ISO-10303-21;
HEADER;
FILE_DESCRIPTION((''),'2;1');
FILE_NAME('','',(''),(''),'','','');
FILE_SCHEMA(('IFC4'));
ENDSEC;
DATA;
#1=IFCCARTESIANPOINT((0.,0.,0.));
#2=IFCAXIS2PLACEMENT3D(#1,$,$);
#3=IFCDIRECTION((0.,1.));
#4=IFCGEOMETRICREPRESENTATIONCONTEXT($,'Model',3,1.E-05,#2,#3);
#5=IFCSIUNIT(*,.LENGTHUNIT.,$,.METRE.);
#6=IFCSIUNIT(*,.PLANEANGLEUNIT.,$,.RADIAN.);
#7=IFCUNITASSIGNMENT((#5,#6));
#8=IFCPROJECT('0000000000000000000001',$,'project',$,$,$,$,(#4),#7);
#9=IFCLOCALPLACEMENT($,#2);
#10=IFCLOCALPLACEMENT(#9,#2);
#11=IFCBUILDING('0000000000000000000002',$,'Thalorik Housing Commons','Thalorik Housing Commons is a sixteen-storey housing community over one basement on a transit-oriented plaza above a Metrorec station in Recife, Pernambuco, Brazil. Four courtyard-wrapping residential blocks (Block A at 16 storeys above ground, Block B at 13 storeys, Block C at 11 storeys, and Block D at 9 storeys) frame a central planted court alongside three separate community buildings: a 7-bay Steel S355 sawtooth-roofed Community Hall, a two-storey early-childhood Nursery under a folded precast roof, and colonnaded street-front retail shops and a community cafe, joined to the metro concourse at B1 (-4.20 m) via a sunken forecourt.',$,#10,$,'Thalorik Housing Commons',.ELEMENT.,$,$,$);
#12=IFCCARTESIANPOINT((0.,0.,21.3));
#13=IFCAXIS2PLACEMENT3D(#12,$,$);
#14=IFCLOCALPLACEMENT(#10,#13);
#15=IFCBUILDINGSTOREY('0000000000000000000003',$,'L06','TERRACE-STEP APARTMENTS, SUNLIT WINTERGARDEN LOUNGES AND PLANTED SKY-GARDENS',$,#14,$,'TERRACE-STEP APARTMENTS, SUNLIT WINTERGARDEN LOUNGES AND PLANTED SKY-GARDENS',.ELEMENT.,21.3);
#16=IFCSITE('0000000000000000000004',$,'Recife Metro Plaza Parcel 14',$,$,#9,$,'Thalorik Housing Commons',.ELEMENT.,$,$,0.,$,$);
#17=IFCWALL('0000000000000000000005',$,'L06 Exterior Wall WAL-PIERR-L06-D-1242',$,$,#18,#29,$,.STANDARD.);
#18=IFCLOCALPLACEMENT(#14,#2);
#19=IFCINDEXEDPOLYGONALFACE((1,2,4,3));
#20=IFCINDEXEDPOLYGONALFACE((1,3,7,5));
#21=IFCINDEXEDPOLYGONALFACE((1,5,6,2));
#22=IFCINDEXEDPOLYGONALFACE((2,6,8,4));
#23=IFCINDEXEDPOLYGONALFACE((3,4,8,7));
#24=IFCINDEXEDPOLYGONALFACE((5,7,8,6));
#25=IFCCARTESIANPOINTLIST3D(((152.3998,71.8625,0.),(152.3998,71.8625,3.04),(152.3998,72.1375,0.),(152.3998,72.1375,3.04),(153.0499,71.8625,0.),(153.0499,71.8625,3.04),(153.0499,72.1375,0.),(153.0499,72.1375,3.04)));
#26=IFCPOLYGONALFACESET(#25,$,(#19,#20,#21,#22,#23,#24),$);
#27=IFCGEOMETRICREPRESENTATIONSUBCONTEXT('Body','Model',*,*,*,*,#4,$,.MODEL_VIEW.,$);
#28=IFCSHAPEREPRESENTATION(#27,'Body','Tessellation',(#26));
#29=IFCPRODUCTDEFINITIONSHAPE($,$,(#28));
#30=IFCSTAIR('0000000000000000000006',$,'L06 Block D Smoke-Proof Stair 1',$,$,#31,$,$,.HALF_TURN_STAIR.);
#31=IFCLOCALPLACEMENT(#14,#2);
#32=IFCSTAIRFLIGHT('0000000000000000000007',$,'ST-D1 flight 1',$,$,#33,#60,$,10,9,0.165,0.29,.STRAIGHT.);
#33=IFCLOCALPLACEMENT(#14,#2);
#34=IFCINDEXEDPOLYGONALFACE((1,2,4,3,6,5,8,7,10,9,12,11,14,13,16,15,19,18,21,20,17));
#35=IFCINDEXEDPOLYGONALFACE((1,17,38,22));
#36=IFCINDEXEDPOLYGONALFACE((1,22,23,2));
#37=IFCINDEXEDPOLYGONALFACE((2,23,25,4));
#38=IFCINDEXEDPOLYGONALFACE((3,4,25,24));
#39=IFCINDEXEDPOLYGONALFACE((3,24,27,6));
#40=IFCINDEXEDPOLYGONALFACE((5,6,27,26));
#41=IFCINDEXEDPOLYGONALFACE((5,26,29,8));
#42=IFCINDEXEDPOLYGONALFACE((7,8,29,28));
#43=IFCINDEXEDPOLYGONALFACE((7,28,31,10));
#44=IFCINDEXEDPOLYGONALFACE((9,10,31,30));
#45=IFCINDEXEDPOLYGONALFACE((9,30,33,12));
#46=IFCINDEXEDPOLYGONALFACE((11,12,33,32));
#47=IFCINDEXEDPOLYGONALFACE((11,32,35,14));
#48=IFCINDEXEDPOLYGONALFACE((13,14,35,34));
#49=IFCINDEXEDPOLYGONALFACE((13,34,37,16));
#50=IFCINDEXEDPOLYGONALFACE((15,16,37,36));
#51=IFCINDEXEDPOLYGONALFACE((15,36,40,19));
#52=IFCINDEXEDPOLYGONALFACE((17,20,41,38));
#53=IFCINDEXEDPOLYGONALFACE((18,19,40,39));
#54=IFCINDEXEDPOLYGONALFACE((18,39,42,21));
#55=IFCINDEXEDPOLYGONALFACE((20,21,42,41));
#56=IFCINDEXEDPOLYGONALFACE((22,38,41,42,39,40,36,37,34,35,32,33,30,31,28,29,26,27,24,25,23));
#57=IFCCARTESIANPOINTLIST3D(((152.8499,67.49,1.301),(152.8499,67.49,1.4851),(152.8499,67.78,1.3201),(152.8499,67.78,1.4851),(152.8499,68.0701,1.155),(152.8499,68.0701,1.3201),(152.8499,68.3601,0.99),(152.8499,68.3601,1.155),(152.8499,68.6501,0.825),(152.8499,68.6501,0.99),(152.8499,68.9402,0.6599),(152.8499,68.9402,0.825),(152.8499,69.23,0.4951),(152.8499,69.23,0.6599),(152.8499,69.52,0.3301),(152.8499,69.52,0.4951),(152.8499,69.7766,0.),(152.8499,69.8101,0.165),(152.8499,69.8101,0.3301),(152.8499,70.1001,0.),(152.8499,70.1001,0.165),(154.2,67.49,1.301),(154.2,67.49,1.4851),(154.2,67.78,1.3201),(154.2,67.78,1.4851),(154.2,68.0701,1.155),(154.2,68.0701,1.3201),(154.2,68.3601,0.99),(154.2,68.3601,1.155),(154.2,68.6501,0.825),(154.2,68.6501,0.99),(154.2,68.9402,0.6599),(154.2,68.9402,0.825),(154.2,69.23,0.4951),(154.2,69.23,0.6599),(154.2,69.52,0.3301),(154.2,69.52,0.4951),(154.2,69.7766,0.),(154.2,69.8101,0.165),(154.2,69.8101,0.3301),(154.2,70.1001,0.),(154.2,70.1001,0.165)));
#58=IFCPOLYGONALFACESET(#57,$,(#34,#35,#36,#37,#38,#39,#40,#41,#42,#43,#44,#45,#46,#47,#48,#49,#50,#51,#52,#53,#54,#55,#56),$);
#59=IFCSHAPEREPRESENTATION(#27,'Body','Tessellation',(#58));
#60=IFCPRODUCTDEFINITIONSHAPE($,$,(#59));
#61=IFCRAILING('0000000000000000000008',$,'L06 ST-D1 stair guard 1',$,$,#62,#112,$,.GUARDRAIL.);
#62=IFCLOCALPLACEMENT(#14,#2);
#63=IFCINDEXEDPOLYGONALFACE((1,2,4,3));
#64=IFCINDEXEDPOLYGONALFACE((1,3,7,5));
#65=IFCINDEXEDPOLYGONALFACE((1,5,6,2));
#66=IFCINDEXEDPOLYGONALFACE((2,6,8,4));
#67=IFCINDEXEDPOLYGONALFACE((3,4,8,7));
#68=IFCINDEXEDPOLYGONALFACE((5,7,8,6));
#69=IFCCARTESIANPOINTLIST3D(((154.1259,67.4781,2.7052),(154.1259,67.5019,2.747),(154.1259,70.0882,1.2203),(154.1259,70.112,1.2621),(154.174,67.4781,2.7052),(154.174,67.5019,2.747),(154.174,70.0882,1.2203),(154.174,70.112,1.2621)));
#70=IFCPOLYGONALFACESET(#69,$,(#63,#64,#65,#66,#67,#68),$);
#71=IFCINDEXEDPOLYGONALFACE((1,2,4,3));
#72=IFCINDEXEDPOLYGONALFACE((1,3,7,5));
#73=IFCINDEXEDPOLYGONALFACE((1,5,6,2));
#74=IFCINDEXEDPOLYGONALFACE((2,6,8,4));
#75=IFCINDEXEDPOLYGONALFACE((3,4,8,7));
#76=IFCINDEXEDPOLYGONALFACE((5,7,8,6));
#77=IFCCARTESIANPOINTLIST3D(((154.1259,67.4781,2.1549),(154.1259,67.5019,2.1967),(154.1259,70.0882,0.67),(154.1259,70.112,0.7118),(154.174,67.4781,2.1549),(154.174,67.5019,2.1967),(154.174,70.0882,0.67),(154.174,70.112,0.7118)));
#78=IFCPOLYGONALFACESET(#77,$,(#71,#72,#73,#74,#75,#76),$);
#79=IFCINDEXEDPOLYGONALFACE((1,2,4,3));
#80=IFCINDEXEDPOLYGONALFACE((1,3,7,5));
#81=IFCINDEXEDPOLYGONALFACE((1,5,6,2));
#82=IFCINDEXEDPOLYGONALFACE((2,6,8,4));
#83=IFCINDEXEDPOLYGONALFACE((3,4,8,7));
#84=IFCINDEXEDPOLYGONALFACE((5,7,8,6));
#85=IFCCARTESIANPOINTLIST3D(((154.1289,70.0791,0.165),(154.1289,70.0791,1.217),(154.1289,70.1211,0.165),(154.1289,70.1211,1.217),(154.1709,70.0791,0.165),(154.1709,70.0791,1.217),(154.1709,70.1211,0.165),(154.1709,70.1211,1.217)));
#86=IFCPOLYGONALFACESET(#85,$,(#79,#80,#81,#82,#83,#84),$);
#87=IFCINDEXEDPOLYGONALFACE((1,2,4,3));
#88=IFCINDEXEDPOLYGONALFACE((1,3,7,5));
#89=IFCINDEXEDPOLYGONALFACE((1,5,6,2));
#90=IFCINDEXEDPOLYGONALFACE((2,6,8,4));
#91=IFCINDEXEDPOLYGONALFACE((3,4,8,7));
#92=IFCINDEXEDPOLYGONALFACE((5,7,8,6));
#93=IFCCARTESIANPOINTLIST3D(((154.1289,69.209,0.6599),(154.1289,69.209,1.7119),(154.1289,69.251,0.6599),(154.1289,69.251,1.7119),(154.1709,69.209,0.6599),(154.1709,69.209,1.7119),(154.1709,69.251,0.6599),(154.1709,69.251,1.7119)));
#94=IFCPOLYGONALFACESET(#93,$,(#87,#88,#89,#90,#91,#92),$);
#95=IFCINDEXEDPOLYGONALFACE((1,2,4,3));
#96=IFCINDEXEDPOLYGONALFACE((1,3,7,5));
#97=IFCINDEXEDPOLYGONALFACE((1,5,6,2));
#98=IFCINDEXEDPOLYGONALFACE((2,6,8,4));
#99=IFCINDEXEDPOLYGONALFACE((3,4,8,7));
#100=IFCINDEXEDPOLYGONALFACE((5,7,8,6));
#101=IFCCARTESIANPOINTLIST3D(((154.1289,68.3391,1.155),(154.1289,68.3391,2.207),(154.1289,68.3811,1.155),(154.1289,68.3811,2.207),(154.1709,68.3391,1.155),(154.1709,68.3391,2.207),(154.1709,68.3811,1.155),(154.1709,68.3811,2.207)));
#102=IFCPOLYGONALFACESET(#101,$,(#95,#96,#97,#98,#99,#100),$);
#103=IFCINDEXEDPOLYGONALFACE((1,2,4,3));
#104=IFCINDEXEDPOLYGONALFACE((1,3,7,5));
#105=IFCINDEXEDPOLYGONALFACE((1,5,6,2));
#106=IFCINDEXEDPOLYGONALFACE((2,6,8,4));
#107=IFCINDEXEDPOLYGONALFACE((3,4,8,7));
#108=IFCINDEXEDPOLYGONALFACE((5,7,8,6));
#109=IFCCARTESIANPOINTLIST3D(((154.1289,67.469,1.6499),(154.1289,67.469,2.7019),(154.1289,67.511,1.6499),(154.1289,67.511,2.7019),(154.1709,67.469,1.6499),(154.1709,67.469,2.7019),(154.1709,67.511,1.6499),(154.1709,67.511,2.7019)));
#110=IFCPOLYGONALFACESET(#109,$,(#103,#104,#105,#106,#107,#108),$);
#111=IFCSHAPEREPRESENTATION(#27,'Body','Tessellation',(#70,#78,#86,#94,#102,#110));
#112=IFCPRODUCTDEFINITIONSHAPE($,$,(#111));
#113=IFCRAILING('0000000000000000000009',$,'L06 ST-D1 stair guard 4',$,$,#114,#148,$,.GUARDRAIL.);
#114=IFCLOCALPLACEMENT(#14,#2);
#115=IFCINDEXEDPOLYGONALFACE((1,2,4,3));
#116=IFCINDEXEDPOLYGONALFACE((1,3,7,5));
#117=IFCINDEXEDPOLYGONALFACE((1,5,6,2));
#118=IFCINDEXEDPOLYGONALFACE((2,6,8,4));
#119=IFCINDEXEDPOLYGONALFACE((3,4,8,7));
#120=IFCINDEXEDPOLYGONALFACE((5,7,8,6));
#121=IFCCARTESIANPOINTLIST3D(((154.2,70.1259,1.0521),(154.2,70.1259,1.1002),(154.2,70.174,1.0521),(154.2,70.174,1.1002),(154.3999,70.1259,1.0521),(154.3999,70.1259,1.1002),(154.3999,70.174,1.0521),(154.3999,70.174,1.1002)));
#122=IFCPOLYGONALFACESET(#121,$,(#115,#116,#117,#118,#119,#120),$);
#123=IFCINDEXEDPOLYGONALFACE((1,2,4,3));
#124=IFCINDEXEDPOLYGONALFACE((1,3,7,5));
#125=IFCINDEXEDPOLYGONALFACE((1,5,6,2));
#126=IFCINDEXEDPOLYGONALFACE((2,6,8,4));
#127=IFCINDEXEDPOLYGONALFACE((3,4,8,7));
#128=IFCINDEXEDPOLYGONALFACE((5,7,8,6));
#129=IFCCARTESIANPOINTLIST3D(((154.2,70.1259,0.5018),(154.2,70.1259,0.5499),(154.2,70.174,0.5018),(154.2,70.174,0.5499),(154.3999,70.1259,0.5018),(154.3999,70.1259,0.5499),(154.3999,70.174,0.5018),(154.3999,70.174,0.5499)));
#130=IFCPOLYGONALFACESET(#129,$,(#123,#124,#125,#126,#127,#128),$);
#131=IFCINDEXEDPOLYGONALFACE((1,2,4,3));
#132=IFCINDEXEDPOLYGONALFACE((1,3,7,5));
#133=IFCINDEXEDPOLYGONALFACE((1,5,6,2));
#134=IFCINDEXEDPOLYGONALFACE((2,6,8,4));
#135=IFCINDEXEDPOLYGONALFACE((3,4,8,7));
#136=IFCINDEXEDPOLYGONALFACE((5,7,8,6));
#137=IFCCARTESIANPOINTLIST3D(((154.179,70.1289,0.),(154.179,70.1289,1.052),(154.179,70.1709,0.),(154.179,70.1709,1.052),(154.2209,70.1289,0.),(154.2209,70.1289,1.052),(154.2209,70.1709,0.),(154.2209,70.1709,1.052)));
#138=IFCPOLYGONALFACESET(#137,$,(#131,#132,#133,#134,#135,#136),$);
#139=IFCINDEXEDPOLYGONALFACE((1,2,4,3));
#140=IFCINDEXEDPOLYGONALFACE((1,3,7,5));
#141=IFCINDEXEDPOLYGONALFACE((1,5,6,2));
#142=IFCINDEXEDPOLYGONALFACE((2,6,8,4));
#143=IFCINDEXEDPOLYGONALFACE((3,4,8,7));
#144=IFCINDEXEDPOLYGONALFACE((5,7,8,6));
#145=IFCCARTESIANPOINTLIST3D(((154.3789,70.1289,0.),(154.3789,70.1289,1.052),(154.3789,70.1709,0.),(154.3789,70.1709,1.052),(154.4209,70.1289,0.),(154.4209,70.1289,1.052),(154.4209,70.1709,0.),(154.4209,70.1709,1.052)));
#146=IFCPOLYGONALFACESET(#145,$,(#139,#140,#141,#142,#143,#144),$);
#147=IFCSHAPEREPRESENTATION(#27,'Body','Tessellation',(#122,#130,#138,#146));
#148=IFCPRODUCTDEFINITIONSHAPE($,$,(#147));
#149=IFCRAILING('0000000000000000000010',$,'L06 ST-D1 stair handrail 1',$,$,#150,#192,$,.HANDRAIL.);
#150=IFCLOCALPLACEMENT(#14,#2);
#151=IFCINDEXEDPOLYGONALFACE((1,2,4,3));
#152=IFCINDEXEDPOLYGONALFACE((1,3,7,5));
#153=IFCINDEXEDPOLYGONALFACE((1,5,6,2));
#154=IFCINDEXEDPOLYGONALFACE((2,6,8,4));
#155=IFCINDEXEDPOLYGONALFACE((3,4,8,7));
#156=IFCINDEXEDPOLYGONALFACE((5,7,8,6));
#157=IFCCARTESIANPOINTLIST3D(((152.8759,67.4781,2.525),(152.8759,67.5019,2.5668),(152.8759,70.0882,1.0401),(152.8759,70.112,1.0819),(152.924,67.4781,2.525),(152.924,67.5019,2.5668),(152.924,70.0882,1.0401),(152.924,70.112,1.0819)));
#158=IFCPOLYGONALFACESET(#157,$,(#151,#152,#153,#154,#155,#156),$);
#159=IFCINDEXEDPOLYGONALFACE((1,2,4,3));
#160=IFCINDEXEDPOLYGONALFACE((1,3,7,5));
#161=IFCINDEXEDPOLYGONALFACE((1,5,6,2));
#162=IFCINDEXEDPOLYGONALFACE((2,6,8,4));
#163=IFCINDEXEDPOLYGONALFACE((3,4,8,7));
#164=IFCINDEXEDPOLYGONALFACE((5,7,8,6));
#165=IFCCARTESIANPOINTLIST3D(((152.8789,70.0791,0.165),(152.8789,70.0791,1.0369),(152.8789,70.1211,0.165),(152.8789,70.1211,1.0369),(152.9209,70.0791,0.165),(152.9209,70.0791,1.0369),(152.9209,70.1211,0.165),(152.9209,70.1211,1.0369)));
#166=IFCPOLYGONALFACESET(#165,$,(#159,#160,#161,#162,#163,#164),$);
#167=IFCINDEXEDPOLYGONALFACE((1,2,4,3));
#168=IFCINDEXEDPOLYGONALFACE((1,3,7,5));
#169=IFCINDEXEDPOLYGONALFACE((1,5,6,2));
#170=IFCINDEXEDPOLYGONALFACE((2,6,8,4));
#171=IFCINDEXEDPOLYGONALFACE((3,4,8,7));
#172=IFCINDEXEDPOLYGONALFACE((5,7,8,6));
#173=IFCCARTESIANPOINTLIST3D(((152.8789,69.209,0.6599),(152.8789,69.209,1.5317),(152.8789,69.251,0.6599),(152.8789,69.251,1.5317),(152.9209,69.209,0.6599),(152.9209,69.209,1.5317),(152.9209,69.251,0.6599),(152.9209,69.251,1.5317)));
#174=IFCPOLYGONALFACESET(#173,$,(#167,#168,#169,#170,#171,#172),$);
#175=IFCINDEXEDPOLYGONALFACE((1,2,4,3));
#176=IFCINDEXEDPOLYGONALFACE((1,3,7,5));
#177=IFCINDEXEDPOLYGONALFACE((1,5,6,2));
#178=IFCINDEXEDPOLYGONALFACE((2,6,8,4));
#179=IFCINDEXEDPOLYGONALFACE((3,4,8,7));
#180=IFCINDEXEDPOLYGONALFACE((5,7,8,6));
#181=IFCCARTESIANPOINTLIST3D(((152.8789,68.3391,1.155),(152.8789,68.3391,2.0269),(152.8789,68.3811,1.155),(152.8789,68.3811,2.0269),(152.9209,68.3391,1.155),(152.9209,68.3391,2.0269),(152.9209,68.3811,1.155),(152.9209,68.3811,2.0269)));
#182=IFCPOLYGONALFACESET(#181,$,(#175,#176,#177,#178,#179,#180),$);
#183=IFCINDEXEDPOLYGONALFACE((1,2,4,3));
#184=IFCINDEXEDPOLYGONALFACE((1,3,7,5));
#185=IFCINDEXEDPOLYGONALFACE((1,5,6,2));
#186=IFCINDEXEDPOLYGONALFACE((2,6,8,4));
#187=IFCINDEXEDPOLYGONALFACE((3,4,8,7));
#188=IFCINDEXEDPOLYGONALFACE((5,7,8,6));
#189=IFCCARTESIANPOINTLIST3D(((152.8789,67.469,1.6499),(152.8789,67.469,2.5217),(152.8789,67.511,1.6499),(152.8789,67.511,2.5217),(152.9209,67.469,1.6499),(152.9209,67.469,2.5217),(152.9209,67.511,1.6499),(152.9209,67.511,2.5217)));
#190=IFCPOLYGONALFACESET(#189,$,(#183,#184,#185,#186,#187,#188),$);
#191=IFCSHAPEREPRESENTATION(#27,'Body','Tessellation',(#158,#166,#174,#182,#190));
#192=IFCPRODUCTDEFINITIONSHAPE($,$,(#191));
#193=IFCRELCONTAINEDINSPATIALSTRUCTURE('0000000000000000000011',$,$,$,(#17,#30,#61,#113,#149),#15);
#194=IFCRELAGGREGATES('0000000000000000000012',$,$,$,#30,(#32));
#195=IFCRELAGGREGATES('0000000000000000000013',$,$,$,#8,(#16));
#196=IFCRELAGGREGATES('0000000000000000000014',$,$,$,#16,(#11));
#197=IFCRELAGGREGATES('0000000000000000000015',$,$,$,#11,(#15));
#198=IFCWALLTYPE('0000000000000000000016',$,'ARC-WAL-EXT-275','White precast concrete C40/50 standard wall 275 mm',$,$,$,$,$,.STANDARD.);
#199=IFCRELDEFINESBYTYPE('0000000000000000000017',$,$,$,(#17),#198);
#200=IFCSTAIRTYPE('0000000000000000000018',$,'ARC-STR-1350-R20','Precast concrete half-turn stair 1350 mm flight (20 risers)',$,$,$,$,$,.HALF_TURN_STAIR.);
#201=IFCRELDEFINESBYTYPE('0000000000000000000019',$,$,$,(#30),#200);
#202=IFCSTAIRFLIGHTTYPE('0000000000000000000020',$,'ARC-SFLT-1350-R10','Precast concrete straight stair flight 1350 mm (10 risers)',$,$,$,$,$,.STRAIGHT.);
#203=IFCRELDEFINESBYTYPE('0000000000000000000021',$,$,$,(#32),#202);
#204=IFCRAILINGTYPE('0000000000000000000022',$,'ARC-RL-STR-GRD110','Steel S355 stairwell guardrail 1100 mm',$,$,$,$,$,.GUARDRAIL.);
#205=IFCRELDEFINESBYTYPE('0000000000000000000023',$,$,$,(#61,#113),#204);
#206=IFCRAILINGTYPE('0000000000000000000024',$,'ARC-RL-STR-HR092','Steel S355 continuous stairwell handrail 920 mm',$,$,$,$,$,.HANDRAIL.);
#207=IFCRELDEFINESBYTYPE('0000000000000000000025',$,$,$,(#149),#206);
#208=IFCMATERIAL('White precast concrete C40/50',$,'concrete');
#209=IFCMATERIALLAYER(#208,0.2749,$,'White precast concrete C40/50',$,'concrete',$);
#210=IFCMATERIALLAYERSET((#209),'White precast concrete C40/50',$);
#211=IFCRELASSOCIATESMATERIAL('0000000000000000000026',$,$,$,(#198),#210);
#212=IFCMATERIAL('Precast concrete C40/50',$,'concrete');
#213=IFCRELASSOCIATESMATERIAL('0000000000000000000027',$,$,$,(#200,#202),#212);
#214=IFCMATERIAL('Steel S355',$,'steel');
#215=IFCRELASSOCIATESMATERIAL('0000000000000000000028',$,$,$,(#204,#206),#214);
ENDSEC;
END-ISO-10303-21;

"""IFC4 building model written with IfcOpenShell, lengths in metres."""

from ifc_helpers import new_model, si_unit, direction, frame, frame_2d, origin, origin_2d, place, context, subcontext, project, spatial, polyline, rectangle, outline, extrude, material, layer, layer_set, type_object, element, aggregate, save


model = new_model("IFC4")

# Units and contexts
model_context = context("Model", 3, precision=1e-05, world=origin(), true_north=direction((0.0, 1.0)))
body_context = subcontext(model_context, "Body", "Model", "MODEL_VIEW")
ifc_project = project(units=[si_unit("LENGTHUNIT", "METRE"), si_unit("PLANEANGLEUNIT", "RADIAN")], contexts=[model_context])

# Site, building, storey
site_placement = place(None, origin())
site = spatial("IfcSite", under=ifc_project, at=site_placement, Name="Recife Metro Plaza Parcel 14", LongName="Thalorik Housing Commons", CompositionType="ELEMENT", RefElevation=0.0)
building_placement = place(site_placement, origin())
building = spatial("IfcBuilding", under=site, at=building_placement, Name="Thalorik Housing Commons", Description="Thalorik Housing Commons is a sixteen-storey housing community over one basement on a transit-oriented plaza above a Metrorec station in Recife, Pernambuco, Brazil. Four courtyard-wrapping residential blocks (Block A at 16 storeys above ground, Block B at 13 storeys, Block C at 11 storeys, and Block D at 9 storeys) frame a central planted court alongside three separate community buildings: a 7-bay Steel S355 sawtooth-roofed Community Hall, a two-storey early-childhood Nursery under a folded precast roof, and colonnaded street-front retail shops and a community cafe, joined to the metro concourse at B1 (-4.20 m) via a sunken forecourt.", LongName="Thalorik Housing Commons", CompositionType="ELEMENT")
storey_placement = place(building_placement, frame((0.0, 0.0, 21.3)))
storey = spatial("IfcBuildingStorey", under=building, at=storey_placement, Name="L06", Description="TERRACE-STEP APARTMENTS, SUNLIT WINTERGARDEN LOUNGES AND PLANTED SKY-GARDENS", LongName="TERRACE-STEP APARTMENTS, SUNLIT WINTERGARDEN LOUNGES AND PLANTED SKY-GARDENS", CompositionType="ELEMENT", Elevation=21.3)

# Shared definitions
ifc_material_1 = material(Name="Precast concrete C40/50", Category="concrete")

# Shared definitions
ifc_material_2 = material(Name="Steel S355", Category="steel")

# Shared definitions
ifc_material_3 = material(Name="White precast concrete C40/50", Category="concrete")
ifc_layer_1 = layer(ifc_material_3, 0.2749, Name="White precast concrete C40/50", Category="concrete")
ifc_layer_set_1 = layer_set([ifc_layer_1], Name="White precast concrete C40/50")
wall_type_1 = type_object("IfcWallType", Name="ARC-WAL-EXT-275", Description="White precast concrete C40/50 standard wall 275 mm", PredefinedType="STANDARD", material=ifc_layer_set_1)

# Wall
wall_1_placement = place(storey_placement, frame((153.05, 72.0, 0.0), z_axis=(0.0, 0.0, 1.0), x_axis=(-1.0, 0.0, 0.0)))
element("IfcWall", 1, at=wall_1_placement, inside=storey, type_object=wall_type_1, Name="L06 Exterior Wall WAL-PIERR-L06-D-1242", PredefinedType="STANDARD", context=body_context, shape_type="SweptSolid", body=[
    extrude(rectangle(XDim=0.6501, YDim=0.2749, at=frame_2d((0.3252, 0.0))), origin(), (0.0, 0.0, 1.0), 3.04),
])

# Stair, stair flight
stair_type = type_object("IfcStairType", Name="ARC-STR-1350-R20", Description="Precast concrete half-turn stair 1350 mm flight (20 risers)", PredefinedType="HALF_TURN_STAIR", material=ifc_material_1)
stair_placement = place(storey_placement, origin())
stair = element("IfcStair", 2, at=stair_placement, inside=storey, type_object=stair_type, Name="L06 Block D Smoke-Proof Stair 1", PredefinedType="HALF_TURN_STAIR")
stair_flight_type = type_object("IfcStairFlightType", Name="ARC-SFLT-1350-R10", Description="Precast concrete straight stair flight 1350 mm (10 risers)", PredefinedType="STRAIGHT", material=ifc_material_1)
stair_flight_placement = place(storey_placement, frame((153.5249, 70.1001, 0.0), z_axis=(0.0, 0.0, 1.0), x_axis=(0.0, -1.0, 0.0)))
stair_flight = element("IfcStairFlight", 3, at=stair_flight_placement, type_object=stair_flight_type, Name="ST-D1 flight 1", NumberOfRisers=10, NumberOfTreads=9, PredefinedType="STRAIGHT", RiserHeight=0.165, TreadLength=0.29, context=body_context, shape_type="SweptSolid", body=[
    extrude(outline(polyline([(0.0, 0.0), (0.0, 0.165), (0.29, 0.165), (0.29, 0.3301), (0.5801, 0.3301), (0.5801, 0.4951), (0.8701, 0.4951), (0.8701, 0.6599), (1.1599, 0.6599), (1.1599, 0.825), (1.45, 0.825), (1.45, 0.99), (1.74, 0.99), (1.74, 1.155), (2.03, 1.155), (2.03, 1.3201), (2.3201, 1.3201), (2.3201, 1.4851), (2.6101, 1.4851), (2.6101, 1.6499), (2.6101, 1.301), (0.3235, 0.0), (0.0, 0.0)])), frame((0.0, 0.675, 0.0), z_axis=(0.0, -1.0, 0.0), x_axis=(1.0, 0.0, 0.0)), (0.0, 0.0, 1.0), 1.3501),
])
aggregate(stair, [stair_flight])

# Railings
railing_type_1 = type_object("IfcRailingType", Name="ARC-RL-STR-GRD110", Description="Steel S355 stairwell guardrail 1100 mm", PredefinedType="GUARDRAIL", material=ifc_material_2)
railing_1_placement = place(storey_placement, frame((154.1499, 70.1001, 0.165)))
element("IfcRailing", 4, at=railing_1_placement, inside=storey, type_object=railing_type_1, Name="L06 ST-D1 stair guard 1", PredefinedType="GUARDRAIL", context=body_context, shape_type="SweptSolid", body=[
    extrude(rectangle(XDim=0.0481, YDim=0.0481, at=origin_2d()), frame((0.0, 0.0, 1.0762), z_axis=(0.0, -0.869192, 0.494474), x_axis=(1.0, 0.0, 0.0)), (0.0, 0.0, 1.0), 3.0029),
    extrude(rectangle(XDim=0.0481, YDim=0.0481, at=origin_2d()), frame((0.0, 0.0, 0.5259), z_axis=(0.0, -0.869192, 0.494474), x_axis=(1.0, 0.0, 0.0)), (0.0, 0.0, 1.0), 3.0029),
    extrude(rectangle(XDim=0.042, YDim=0.042, at=origin_2d()), origin(), (0.0, 0.0, 1.0), 1.052),
    extrude(rectangle(XDim=0.042, YDim=0.042, at=origin_2d()), frame((0.0, -0.8701, 0.4949)), (0.0, 0.0, 1.0), 1.052),
    extrude(rectangle(XDim=0.042, YDim=0.042, at=origin_2d()), frame((0.0, -1.74, 0.99)), (0.0, 0.0, 1.0), 1.052),
    extrude(rectangle(XDim=0.042, YDim=0.042, at=origin_2d()), frame((0.0, -2.6101, 1.4849)), (0.0, 0.0, 1.0), 1.052),
])
railing_2_placement = place(storey_placement, frame((154.2, 70.1499, 0.0)))
element("IfcRailing", 5, at=railing_2_placement, inside=storey, type_object=railing_type_1, Name="L06 ST-D1 stair guard 4", PredefinedType="GUARDRAIL", context=body_context, shape_type="SweptSolid", body=[
    extrude(rectangle(XDim=0.0481, YDim=0.0481, at=origin_2d()), frame((0.0, 0.0, 1.0762), z_axis=(1.0, 0.0, 0.0), x_axis=(0.0, 1.0, 0.0)), (0.0, 0.0, 1.0), 0.2),
    extrude(rectangle(XDim=0.0481, YDim=0.0481, at=origin_2d()), frame((0.0, 0.0, 0.5259), z_axis=(1.0, 0.0, 0.0), x_axis=(0.0, 1.0, 0.0)), (0.0, 0.0, 1.0), 0.2),
    extrude(rectangle(XDim=0.042, YDim=0.042, at=origin_2d()), origin(), (0.0, 0.0, 1.0), 1.052),
    extrude(rectangle(XDim=0.042, YDim=0.042, at=origin_2d()), frame((0.2, 0.0, 0.0)), (0.0, 0.0, 1.0), 1.052),
])
railing_type_2 = type_object("IfcRailingType", Name="ARC-RL-STR-HR092", Description="Steel S355 continuous stairwell handrail 920 mm", PredefinedType="HANDRAIL", material=ifc_material_2)
railing_3_placement = place(storey_placement, frame((152.8999, 70.1001, 0.165)))
element("IfcRailing", 6, at=railing_3_placement, inside=storey, type_object=railing_type_2, Name="L06 ST-D1 stair handrail 1", PredefinedType="HANDRAIL", context=body_context, shape_type="SweptSolid", body=[
    extrude(rectangle(XDim=0.0481, YDim=0.0481, at=origin_2d()), frame((0.0, 0.0, 0.896), z_axis=(0.0, -0.869192, 0.494474), x_axis=(1.0, 0.0, 0.0)), (0.0, 0.0, 1.0), 3.0029),
    extrude(rectangle(XDim=0.042, YDim=0.042, at=origin_2d()), origin(), (0.0, 0.0, 1.0), 0.8718),
    extrude(rectangle(XDim=0.042, YDim=0.042, at=origin_2d()), frame((0.0, -0.8701, 0.4949)), (0.0, 0.0, 1.0), 0.8718),
    extrude(rectangle(XDim=0.042, YDim=0.042, at=origin_2d()), frame((0.0, -1.74, 0.99)), (0.0, 0.0, 1.0), 0.8718),
    extrude(rectangle(XDim=0.042, YDim=0.042, at=origin_2d()), frame((0.0, -2.6101, 1.4849)), (0.0, 0.0, 1.0), 0.8718),
])

save(model, "model.ifc")
